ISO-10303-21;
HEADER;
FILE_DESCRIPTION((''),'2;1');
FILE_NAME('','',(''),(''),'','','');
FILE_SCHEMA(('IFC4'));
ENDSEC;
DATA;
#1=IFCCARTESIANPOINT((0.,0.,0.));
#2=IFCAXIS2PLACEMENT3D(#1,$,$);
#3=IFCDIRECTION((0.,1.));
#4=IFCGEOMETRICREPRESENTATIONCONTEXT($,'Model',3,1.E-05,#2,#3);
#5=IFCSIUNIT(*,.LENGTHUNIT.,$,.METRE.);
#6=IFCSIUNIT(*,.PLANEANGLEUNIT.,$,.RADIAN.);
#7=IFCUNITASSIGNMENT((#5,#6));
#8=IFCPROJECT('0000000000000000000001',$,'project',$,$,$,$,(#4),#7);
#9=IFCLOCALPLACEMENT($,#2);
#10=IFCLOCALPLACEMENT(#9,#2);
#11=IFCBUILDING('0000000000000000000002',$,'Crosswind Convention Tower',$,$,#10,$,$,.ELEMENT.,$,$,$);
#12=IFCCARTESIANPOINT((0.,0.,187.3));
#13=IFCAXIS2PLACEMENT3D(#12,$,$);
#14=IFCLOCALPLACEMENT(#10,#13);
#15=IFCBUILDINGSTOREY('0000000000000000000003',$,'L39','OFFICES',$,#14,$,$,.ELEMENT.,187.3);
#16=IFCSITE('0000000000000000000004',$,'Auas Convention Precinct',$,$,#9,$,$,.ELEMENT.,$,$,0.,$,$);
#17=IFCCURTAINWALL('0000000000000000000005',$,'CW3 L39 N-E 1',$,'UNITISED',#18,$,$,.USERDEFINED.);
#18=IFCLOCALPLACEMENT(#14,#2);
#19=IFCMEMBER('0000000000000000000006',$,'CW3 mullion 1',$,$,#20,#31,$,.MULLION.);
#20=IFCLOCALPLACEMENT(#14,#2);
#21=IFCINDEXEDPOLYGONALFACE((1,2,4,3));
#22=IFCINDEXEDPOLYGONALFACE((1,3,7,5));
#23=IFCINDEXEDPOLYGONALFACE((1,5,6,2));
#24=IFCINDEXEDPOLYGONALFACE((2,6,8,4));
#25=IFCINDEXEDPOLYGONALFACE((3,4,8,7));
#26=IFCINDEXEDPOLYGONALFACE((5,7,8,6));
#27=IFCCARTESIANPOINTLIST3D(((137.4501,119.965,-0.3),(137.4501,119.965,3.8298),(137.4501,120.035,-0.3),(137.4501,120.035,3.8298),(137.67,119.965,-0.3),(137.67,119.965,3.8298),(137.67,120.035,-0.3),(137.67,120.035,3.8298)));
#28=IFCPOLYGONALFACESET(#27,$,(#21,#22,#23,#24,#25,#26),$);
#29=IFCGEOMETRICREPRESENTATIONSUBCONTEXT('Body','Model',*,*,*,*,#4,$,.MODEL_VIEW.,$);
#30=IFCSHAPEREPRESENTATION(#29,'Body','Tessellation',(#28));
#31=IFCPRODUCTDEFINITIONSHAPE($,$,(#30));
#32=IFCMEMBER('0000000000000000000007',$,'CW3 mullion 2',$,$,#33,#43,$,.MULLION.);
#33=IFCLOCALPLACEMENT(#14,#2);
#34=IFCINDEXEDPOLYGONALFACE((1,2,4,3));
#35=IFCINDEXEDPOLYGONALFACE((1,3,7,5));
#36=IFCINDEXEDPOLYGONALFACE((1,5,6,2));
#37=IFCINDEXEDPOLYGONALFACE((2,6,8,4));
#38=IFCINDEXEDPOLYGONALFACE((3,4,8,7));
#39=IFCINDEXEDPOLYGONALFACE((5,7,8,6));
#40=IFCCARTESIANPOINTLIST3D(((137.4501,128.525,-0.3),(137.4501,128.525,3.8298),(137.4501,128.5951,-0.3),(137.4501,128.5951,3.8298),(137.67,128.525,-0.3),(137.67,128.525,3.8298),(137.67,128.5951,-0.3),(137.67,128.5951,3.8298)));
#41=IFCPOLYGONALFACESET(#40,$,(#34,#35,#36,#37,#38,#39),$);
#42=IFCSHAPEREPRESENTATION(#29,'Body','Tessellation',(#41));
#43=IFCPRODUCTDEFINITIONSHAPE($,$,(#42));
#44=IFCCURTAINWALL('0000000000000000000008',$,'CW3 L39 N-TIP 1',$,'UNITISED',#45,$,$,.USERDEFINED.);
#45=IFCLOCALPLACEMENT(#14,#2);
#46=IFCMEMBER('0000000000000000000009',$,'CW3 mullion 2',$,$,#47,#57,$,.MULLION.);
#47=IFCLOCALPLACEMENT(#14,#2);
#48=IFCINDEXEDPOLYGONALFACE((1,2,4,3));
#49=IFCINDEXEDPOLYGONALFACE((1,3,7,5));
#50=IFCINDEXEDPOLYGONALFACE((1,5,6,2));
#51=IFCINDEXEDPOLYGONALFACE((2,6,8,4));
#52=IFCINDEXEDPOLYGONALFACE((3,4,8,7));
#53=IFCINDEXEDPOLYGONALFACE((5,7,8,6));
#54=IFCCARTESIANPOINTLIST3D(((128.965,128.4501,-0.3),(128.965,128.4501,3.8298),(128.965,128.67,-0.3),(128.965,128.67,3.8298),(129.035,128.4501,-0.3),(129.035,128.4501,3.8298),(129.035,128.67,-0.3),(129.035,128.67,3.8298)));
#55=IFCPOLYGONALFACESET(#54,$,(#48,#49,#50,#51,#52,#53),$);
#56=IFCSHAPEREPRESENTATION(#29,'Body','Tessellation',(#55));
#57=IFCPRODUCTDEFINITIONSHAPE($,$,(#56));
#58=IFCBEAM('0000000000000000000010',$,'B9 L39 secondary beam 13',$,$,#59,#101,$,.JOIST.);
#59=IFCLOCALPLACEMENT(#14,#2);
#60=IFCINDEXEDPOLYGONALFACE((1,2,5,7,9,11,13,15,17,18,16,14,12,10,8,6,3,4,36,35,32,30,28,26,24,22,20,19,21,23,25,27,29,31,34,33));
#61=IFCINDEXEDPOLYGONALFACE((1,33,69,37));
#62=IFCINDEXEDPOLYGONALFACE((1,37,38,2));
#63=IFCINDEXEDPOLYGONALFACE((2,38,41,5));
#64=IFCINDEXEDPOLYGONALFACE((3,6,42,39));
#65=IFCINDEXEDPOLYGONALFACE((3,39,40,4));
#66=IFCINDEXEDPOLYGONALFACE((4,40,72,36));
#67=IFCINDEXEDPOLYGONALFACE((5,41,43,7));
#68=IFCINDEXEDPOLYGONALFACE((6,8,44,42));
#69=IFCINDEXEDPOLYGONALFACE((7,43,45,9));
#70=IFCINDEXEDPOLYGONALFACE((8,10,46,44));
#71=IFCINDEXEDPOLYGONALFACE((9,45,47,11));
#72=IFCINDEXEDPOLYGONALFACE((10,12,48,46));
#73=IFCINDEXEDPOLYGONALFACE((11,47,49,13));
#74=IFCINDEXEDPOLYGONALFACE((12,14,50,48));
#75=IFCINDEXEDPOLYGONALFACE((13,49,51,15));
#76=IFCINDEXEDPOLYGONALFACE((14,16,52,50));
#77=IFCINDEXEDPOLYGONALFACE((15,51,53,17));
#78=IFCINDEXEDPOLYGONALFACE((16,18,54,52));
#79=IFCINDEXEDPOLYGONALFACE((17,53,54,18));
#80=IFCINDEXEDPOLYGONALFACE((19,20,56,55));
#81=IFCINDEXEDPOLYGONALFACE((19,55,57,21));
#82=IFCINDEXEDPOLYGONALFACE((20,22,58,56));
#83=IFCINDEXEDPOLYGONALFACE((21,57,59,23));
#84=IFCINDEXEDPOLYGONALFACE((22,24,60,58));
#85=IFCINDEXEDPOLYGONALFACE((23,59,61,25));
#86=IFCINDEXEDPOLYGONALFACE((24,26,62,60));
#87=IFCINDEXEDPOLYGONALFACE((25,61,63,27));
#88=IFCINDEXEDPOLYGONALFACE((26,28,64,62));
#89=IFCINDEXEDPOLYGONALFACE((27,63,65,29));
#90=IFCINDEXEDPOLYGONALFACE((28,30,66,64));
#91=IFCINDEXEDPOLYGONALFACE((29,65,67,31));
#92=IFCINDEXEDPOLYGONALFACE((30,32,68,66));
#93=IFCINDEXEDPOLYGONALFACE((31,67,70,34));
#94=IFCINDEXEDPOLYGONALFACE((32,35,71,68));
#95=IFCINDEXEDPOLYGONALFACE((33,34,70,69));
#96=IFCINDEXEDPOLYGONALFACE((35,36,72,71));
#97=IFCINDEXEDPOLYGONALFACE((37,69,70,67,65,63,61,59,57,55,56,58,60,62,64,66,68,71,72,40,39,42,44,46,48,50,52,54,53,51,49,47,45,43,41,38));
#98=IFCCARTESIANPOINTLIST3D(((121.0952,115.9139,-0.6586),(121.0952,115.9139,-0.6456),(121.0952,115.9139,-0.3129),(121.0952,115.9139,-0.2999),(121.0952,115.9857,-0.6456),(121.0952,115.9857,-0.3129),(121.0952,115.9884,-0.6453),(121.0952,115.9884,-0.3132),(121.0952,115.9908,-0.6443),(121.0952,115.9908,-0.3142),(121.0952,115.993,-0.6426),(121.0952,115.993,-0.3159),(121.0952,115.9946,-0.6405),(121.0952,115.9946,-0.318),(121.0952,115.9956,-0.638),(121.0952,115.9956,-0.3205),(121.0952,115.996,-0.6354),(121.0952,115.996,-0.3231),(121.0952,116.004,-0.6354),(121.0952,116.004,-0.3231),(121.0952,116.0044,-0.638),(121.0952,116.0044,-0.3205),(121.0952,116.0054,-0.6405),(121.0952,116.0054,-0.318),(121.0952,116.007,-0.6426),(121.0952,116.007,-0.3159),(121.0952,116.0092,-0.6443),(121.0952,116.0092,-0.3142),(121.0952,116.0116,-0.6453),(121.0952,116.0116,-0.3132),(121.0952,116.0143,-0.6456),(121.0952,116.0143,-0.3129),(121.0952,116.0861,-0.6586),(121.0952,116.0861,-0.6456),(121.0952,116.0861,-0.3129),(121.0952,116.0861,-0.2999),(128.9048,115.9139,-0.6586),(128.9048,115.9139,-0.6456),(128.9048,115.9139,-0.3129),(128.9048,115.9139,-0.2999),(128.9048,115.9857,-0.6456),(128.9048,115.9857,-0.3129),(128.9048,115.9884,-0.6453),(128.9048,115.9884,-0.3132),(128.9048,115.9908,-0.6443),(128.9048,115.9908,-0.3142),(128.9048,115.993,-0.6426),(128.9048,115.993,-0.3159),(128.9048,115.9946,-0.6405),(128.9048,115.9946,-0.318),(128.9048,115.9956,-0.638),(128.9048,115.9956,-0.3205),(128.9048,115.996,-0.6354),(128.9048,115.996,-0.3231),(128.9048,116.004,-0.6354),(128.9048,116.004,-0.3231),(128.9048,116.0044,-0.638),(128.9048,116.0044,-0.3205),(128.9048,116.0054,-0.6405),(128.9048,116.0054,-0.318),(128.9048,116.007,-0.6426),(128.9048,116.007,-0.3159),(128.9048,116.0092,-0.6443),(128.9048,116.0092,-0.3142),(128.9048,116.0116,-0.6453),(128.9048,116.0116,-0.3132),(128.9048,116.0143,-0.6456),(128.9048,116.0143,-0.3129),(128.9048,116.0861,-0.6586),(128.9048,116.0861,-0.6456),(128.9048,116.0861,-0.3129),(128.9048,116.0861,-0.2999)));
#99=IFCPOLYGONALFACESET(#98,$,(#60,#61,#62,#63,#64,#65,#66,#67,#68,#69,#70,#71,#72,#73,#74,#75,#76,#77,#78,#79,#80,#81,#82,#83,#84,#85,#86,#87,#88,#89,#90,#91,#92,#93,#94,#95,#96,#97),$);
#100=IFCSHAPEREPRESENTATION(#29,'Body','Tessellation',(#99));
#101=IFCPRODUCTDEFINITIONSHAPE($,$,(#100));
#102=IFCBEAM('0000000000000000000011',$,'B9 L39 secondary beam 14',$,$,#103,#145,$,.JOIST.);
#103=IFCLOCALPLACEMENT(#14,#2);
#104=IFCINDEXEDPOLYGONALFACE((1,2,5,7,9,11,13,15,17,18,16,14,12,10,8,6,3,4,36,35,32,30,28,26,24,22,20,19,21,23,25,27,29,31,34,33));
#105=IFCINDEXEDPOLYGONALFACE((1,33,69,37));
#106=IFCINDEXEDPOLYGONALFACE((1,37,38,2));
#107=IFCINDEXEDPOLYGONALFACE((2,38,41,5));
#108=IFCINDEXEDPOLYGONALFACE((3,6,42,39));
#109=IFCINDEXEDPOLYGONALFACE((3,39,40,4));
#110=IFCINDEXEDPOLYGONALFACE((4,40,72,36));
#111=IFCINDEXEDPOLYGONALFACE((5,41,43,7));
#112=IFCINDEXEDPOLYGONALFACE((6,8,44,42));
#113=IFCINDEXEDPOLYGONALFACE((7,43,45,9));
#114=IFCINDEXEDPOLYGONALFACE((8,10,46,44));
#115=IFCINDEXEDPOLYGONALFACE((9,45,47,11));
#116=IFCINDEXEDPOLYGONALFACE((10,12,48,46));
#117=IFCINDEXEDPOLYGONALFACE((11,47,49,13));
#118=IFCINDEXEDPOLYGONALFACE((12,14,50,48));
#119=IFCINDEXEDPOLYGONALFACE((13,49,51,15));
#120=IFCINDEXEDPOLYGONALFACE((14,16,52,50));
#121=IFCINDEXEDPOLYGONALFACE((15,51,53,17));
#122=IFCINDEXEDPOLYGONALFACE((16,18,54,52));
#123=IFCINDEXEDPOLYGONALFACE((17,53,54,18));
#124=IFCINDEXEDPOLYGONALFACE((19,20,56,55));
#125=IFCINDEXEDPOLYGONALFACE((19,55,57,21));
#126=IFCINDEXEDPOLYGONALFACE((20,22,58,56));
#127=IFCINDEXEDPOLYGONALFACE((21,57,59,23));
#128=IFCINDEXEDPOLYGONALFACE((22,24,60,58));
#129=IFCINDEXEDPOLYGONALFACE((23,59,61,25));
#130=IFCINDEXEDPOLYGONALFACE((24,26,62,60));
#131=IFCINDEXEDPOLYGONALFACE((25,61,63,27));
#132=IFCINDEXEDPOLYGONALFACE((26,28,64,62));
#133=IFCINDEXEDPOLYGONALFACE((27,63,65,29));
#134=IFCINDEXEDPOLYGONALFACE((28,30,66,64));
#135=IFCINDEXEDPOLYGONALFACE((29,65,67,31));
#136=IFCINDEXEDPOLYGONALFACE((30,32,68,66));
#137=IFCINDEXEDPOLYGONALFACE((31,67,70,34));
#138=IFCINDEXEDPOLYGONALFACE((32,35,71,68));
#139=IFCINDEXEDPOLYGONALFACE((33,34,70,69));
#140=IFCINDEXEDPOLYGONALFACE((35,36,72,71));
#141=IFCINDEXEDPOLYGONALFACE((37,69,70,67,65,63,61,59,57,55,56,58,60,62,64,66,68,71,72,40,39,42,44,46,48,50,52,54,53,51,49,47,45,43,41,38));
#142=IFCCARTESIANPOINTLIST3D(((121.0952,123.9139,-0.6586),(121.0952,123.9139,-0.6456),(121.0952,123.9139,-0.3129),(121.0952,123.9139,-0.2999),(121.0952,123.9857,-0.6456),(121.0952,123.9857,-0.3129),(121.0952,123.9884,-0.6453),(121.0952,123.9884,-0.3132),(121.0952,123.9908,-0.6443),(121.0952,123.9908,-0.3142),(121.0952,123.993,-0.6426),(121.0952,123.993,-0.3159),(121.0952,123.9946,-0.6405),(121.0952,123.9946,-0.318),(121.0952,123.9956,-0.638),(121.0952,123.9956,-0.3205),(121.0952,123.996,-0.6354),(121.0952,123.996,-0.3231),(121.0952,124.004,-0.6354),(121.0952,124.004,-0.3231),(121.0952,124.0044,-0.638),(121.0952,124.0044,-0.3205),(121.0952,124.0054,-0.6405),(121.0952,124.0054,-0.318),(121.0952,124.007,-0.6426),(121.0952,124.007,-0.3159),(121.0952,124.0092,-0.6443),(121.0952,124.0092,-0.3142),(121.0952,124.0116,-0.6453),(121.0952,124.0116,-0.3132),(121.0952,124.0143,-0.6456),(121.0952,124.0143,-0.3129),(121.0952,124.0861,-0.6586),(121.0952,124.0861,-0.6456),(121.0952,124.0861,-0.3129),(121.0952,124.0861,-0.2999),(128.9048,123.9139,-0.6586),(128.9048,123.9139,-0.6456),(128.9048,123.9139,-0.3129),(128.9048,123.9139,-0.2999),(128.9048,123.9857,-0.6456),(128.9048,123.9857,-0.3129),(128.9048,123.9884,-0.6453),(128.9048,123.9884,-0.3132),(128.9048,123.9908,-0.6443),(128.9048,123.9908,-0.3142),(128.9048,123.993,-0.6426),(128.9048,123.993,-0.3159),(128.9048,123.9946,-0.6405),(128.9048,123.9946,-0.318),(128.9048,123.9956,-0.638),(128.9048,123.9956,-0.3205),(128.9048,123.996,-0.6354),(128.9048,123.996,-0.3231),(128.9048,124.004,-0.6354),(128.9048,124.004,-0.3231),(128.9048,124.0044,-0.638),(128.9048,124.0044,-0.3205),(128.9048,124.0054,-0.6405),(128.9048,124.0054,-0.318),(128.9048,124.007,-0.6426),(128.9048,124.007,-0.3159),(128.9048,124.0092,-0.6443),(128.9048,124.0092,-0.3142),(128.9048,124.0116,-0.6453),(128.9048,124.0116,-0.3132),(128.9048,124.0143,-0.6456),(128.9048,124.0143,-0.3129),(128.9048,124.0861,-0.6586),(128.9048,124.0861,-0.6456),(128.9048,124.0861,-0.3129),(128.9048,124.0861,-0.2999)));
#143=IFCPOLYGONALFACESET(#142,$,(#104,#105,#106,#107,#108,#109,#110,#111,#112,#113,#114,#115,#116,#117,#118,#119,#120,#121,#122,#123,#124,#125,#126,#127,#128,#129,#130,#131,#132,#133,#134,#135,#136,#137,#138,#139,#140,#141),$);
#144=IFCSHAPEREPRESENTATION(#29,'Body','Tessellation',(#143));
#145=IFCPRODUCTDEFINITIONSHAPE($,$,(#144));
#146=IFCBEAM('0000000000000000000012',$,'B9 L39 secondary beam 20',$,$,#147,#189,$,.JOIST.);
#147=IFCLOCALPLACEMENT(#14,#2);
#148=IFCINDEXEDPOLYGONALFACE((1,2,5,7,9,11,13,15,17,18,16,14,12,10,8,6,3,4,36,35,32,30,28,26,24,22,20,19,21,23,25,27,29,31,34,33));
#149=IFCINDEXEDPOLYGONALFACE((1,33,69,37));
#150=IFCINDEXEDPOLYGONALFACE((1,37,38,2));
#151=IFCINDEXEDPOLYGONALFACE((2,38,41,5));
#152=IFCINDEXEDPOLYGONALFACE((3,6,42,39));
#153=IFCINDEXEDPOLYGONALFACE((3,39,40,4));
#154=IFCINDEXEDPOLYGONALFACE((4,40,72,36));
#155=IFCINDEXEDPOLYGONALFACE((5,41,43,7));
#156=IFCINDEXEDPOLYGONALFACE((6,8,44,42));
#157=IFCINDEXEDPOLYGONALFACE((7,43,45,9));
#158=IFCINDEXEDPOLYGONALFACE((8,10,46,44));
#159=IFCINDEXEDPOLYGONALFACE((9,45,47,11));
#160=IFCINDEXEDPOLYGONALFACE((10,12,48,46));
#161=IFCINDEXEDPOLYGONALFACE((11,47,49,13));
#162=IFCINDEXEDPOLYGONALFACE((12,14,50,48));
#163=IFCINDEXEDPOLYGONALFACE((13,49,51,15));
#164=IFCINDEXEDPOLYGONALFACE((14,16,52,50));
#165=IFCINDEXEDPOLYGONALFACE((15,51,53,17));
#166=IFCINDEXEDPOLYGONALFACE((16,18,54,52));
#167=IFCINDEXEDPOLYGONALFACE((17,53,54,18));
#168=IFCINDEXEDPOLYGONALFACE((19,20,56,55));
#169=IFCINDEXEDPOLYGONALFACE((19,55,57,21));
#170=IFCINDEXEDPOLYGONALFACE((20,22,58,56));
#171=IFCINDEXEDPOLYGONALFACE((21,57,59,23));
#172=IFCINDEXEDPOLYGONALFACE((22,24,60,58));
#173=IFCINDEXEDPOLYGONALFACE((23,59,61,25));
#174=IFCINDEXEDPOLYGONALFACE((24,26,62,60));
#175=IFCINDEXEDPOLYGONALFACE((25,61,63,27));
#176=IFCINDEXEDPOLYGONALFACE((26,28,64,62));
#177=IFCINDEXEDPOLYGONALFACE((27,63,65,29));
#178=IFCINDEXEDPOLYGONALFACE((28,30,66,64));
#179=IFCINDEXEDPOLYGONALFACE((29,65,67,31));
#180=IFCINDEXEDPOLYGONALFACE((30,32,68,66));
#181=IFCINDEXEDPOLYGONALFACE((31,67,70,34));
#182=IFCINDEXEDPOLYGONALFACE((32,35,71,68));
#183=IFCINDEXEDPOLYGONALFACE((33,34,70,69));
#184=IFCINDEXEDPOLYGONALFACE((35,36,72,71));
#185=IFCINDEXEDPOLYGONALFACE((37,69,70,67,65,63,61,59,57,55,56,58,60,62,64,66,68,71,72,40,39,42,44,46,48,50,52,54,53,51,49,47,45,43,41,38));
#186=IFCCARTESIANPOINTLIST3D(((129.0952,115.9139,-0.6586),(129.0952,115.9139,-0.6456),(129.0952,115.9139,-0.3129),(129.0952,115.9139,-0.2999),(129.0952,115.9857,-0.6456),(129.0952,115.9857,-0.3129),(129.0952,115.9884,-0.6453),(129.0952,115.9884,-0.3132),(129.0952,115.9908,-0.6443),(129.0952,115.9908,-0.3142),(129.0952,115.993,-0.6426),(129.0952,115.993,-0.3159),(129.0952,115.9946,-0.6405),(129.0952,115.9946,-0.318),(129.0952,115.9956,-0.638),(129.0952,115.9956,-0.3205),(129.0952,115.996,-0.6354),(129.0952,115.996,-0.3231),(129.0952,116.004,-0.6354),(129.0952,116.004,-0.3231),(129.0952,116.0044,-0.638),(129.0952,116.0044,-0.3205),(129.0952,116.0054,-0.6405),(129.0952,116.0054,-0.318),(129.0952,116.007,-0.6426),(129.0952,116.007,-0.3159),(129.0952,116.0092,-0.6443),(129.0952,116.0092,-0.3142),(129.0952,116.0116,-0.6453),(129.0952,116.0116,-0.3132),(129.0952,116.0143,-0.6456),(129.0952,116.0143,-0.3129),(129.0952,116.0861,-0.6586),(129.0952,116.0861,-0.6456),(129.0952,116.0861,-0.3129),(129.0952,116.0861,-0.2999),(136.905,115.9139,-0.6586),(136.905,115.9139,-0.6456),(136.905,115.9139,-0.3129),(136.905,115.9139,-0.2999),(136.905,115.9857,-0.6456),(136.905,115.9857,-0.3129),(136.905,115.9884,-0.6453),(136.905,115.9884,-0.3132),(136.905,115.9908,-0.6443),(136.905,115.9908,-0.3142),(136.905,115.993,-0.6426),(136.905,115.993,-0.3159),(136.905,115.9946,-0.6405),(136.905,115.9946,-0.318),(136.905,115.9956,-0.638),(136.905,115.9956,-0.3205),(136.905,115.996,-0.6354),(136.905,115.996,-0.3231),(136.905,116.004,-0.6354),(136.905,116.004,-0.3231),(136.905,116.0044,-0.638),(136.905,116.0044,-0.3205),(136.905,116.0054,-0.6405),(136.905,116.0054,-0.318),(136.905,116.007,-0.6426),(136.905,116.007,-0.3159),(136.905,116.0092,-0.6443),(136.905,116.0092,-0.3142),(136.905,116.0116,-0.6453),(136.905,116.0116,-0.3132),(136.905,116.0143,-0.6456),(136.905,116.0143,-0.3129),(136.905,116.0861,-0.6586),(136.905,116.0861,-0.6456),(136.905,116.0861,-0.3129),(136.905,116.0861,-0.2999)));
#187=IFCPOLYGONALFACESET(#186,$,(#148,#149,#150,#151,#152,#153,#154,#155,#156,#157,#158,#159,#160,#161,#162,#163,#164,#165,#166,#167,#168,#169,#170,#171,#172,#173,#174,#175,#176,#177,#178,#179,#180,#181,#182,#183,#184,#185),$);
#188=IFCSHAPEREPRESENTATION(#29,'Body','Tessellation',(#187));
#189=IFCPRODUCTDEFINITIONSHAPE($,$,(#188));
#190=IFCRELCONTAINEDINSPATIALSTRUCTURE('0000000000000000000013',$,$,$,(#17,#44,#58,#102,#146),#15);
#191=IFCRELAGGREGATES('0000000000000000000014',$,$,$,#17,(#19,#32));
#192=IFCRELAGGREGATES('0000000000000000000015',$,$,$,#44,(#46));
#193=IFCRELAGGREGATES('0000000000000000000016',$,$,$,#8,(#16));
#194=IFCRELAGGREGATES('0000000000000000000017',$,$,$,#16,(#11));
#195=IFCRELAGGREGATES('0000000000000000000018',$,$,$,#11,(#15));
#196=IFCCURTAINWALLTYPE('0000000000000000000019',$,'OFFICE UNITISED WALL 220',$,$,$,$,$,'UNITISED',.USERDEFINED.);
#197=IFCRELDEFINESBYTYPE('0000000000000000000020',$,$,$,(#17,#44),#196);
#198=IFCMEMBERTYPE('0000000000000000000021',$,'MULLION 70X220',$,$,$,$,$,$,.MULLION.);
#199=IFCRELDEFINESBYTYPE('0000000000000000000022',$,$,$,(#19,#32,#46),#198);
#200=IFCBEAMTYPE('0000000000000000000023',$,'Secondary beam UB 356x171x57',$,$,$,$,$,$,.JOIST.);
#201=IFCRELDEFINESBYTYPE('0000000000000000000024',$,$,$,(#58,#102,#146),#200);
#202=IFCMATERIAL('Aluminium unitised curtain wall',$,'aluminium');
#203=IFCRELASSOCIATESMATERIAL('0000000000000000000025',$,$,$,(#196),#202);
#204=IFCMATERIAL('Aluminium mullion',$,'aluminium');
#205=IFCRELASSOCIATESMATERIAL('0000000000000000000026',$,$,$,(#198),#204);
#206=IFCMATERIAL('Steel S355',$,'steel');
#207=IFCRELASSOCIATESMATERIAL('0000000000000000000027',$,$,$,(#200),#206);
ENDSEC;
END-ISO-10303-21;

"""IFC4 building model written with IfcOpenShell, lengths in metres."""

from ifc_helpers import new_model, si_unit, direction, frame, origin, origin_2d, place, context, subcontext, project, spatial, rectangle, i_section, extrude, material, material_profile, profile_set, type_object, element, aggregate, save


model = new_model("IFC4")

# Units and contexts
model_context = context("Model", 3, precision=1e-05, world=origin(), true_north=direction((0.0, 1.0)))
body_context = subcontext(model_context, "Body", "Model", "MODEL_VIEW")
ifc_project = project(units=[si_unit("LENGTHUNIT", "METRE"), si_unit("PLANEANGLEUNIT", "RADIAN")], contexts=[model_context])

# Site, building, storey
site_placement = place(None, origin())
site = spatial("IfcSite", under=ifc_project, at=site_placement, Name="Auas Convention Precinct", CompositionType="ELEMENT", RefElevation=0.0)
building_placement = place(site_placement, origin())
building = spatial("IfcBuilding", under=site, at=building_placement, Name="Crosswind Convention Tower", CompositionType="ELEMENT")
storey_placement = place(building_placement, frame((0.0, 0.0, 187.3)))
storey = spatial("IfcBuildingStorey", under=building, at=storey_placement, Name="L39", Description="OFFICES", CompositionType="ELEMENT", Elevation=187.3)

# Shared definitions
ifc_material_1 = material(Name="Steel S355", Category="steel")

# Shared definitions
ifc_material_2 = material(Name="Aluminium unitised curtain wall", Category="aluminium")
ifc_material_3 = material(Name="Aluminium mullion", Category="aluminium")

# Curtain wall, members
curtain_wall_type_1 = type_object("IfcCurtainWallType", Name="OFFICE UNITISED WALL 220", ElementType="UNITISED", PredefinedType="USERDEFINED", material=ifc_material_2)
curtain_wall_1_placement = place(storey_placement, origin())
curtain_wall_1 = element("IfcCurtainWall", 1, at=curtain_wall_1_placement, inside=storey, type_object=curtain_wall_type_1, Name="CW3 L39 N-E 1", ObjectType="UNITISED", PredefinedType="USERDEFINED")
ifc_material_profile_1 = material_profile(ifc_material_3, rectangle(XDim=0.22, YDim=0.0701, at=origin_2d()), Name="AL 220X70")
ifc_profile_set_1 = profile_set([ifc_material_profile_1], Name="Aluminium mullion")
member_type_1 = type_object("IfcMemberType", Name="MULLION 70X220", PredefinedType="MULLION", material=ifc_profile_set_1)
member_1_placement = place(storey_placement, frame((137.5601, 120.0, -0.3), z_axis=(0.0, 0.0, 1.0), x_axis=(1.0, 0.0, 0.0)))
member_1 = element("IfcMember", 2, at=member_1_placement, type_object=member_type_1, Name="CW3 mullion 1", PredefinedType="MULLION", context=body_context, shape_type="SweptSolid", body=[
    extrude(rectangle(XDim=0.22, YDim=0.0701, at=origin_2d()), origin(), (0.0, 0.0, 1.0), 4.1299),
])
member_2_placement = place(storey_placement, frame((137.5601, 128.5601, -0.3), z_axis=(0.0, 0.0, 1.0), x_axis=(1.0, 0.0, 0.0)))
member_2 = element("IfcMember", 3, at=member_2_placement, type_object=member_type_1, Name="CW3 mullion 2", PredefinedType="MULLION", context=body_context, shape_type="SweptSolid", body=[
    extrude(rectangle(XDim=0.22, YDim=0.0701, at=origin_2d()), origin(), (0.0, 0.0, 1.0), 4.1299),
])

# Curtain wall, member
curtain_wall_2_placement = place(storey_placement, origin())
curtain_wall_2 = element("IfcCurtainWall", 4, at=curtain_wall_2_placement, inside=storey, type_object=curtain_wall_type_1, Name="CW3 L39 N-TIP 1", ObjectType="UNITISED", PredefinedType="USERDEFINED")
member_3_placement = place(storey_placement, frame((129.0, 128.5601, -0.3), z_axis=(0.0, 0.0, 1.0), x_axis=(0.0, 1.0, 0.0)))
member_3 = element("IfcMember", 5, at=member_3_placement, type_object=member_type_1, Name="CW3 mullion 2", PredefinedType="MULLION", context=body_context, shape_type="SweptSolid", body=[
    extrude(rectangle(XDim=0.22, YDim=0.0701, at=origin_2d()), origin(), (0.0, 0.0, 1.0), 4.1299),
])

# Beams
ifc_material_profile_2 = material_profile(ifc_material_1, i_section(OverallWidth=0.1721, OverallDepth=0.3586, WebThickness=0.0081, FlangeThickness=0.0129, FilletRadius=0.0103, at=origin_2d()), Name="UB 356x171x57")
ifc_profile_set_2 = profile_set([ifc_material_profile_2], Name="Steel S355")
beam_type_1 = type_object("IfcBeamType", Name="Secondary beam UB 356x171x57", PredefinedType="JOIST", material=ifc_profile_set_2)
for number, where, z_axis, x_axis, name in (
    (6, (121.0952, 116.0, -0.4792), (1.0, 0.0, 0.0), (0.0, 1.0, 0.0), "B9 L39 secondary beam 13"),
    (7, (121.0952, 124.0, -0.4792), (1.0, 0.0, 0.0), (0.0, 1.0, 0.0), "B9 L39 secondary beam 14"),
):
    element("IfcBeam", number, at=place(storey_placement, frame(where, z_axis=z_axis, x_axis=x_axis)), inside=storey, type_object=beam_type_1, Name=name, PredefinedType="JOIST", context=body_context, shape_type="SweptSolid", body=[
        extrude(i_section(OverallWidth=0.1721, OverallDepth=0.3586, WebThickness=0.0081, FlangeThickness=0.0129, FilletRadius=0.0103, at=origin_2d()), origin(), (0.0, 0.0, 1.0), 7.8096),
    ])
for number, where, z_axis, x_axis, name in (
    (8, (129.0952, 116.0, -0.4792), (1.0, 0.0, 0.0), (0.0, 1.0, 0.0), "B9 L39 secondary beam 20"),
):
    element("IfcBeam", number, at=place(storey_placement, frame(where, z_axis=z_axis, x_axis=x_axis)), inside=storey, type_object=beam_type_1, Name=name, PredefinedType="JOIST", context=body_context, shape_type="SweptSolid", body=[
        extrude(i_section(OverallWidth=0.1721, OverallDepth=0.3586, WebThickness=0.0081, FlangeThickness=0.0129, FilletRadius=0.0103, at=origin_2d()), origin(), (0.0, 0.0, 1.0), 7.8098),
    ])

aggregate(curtain_wall_1, [member_1, member_2])
aggregate(curtain_wall_2, [member_3])

save(model, "model.ifc")
